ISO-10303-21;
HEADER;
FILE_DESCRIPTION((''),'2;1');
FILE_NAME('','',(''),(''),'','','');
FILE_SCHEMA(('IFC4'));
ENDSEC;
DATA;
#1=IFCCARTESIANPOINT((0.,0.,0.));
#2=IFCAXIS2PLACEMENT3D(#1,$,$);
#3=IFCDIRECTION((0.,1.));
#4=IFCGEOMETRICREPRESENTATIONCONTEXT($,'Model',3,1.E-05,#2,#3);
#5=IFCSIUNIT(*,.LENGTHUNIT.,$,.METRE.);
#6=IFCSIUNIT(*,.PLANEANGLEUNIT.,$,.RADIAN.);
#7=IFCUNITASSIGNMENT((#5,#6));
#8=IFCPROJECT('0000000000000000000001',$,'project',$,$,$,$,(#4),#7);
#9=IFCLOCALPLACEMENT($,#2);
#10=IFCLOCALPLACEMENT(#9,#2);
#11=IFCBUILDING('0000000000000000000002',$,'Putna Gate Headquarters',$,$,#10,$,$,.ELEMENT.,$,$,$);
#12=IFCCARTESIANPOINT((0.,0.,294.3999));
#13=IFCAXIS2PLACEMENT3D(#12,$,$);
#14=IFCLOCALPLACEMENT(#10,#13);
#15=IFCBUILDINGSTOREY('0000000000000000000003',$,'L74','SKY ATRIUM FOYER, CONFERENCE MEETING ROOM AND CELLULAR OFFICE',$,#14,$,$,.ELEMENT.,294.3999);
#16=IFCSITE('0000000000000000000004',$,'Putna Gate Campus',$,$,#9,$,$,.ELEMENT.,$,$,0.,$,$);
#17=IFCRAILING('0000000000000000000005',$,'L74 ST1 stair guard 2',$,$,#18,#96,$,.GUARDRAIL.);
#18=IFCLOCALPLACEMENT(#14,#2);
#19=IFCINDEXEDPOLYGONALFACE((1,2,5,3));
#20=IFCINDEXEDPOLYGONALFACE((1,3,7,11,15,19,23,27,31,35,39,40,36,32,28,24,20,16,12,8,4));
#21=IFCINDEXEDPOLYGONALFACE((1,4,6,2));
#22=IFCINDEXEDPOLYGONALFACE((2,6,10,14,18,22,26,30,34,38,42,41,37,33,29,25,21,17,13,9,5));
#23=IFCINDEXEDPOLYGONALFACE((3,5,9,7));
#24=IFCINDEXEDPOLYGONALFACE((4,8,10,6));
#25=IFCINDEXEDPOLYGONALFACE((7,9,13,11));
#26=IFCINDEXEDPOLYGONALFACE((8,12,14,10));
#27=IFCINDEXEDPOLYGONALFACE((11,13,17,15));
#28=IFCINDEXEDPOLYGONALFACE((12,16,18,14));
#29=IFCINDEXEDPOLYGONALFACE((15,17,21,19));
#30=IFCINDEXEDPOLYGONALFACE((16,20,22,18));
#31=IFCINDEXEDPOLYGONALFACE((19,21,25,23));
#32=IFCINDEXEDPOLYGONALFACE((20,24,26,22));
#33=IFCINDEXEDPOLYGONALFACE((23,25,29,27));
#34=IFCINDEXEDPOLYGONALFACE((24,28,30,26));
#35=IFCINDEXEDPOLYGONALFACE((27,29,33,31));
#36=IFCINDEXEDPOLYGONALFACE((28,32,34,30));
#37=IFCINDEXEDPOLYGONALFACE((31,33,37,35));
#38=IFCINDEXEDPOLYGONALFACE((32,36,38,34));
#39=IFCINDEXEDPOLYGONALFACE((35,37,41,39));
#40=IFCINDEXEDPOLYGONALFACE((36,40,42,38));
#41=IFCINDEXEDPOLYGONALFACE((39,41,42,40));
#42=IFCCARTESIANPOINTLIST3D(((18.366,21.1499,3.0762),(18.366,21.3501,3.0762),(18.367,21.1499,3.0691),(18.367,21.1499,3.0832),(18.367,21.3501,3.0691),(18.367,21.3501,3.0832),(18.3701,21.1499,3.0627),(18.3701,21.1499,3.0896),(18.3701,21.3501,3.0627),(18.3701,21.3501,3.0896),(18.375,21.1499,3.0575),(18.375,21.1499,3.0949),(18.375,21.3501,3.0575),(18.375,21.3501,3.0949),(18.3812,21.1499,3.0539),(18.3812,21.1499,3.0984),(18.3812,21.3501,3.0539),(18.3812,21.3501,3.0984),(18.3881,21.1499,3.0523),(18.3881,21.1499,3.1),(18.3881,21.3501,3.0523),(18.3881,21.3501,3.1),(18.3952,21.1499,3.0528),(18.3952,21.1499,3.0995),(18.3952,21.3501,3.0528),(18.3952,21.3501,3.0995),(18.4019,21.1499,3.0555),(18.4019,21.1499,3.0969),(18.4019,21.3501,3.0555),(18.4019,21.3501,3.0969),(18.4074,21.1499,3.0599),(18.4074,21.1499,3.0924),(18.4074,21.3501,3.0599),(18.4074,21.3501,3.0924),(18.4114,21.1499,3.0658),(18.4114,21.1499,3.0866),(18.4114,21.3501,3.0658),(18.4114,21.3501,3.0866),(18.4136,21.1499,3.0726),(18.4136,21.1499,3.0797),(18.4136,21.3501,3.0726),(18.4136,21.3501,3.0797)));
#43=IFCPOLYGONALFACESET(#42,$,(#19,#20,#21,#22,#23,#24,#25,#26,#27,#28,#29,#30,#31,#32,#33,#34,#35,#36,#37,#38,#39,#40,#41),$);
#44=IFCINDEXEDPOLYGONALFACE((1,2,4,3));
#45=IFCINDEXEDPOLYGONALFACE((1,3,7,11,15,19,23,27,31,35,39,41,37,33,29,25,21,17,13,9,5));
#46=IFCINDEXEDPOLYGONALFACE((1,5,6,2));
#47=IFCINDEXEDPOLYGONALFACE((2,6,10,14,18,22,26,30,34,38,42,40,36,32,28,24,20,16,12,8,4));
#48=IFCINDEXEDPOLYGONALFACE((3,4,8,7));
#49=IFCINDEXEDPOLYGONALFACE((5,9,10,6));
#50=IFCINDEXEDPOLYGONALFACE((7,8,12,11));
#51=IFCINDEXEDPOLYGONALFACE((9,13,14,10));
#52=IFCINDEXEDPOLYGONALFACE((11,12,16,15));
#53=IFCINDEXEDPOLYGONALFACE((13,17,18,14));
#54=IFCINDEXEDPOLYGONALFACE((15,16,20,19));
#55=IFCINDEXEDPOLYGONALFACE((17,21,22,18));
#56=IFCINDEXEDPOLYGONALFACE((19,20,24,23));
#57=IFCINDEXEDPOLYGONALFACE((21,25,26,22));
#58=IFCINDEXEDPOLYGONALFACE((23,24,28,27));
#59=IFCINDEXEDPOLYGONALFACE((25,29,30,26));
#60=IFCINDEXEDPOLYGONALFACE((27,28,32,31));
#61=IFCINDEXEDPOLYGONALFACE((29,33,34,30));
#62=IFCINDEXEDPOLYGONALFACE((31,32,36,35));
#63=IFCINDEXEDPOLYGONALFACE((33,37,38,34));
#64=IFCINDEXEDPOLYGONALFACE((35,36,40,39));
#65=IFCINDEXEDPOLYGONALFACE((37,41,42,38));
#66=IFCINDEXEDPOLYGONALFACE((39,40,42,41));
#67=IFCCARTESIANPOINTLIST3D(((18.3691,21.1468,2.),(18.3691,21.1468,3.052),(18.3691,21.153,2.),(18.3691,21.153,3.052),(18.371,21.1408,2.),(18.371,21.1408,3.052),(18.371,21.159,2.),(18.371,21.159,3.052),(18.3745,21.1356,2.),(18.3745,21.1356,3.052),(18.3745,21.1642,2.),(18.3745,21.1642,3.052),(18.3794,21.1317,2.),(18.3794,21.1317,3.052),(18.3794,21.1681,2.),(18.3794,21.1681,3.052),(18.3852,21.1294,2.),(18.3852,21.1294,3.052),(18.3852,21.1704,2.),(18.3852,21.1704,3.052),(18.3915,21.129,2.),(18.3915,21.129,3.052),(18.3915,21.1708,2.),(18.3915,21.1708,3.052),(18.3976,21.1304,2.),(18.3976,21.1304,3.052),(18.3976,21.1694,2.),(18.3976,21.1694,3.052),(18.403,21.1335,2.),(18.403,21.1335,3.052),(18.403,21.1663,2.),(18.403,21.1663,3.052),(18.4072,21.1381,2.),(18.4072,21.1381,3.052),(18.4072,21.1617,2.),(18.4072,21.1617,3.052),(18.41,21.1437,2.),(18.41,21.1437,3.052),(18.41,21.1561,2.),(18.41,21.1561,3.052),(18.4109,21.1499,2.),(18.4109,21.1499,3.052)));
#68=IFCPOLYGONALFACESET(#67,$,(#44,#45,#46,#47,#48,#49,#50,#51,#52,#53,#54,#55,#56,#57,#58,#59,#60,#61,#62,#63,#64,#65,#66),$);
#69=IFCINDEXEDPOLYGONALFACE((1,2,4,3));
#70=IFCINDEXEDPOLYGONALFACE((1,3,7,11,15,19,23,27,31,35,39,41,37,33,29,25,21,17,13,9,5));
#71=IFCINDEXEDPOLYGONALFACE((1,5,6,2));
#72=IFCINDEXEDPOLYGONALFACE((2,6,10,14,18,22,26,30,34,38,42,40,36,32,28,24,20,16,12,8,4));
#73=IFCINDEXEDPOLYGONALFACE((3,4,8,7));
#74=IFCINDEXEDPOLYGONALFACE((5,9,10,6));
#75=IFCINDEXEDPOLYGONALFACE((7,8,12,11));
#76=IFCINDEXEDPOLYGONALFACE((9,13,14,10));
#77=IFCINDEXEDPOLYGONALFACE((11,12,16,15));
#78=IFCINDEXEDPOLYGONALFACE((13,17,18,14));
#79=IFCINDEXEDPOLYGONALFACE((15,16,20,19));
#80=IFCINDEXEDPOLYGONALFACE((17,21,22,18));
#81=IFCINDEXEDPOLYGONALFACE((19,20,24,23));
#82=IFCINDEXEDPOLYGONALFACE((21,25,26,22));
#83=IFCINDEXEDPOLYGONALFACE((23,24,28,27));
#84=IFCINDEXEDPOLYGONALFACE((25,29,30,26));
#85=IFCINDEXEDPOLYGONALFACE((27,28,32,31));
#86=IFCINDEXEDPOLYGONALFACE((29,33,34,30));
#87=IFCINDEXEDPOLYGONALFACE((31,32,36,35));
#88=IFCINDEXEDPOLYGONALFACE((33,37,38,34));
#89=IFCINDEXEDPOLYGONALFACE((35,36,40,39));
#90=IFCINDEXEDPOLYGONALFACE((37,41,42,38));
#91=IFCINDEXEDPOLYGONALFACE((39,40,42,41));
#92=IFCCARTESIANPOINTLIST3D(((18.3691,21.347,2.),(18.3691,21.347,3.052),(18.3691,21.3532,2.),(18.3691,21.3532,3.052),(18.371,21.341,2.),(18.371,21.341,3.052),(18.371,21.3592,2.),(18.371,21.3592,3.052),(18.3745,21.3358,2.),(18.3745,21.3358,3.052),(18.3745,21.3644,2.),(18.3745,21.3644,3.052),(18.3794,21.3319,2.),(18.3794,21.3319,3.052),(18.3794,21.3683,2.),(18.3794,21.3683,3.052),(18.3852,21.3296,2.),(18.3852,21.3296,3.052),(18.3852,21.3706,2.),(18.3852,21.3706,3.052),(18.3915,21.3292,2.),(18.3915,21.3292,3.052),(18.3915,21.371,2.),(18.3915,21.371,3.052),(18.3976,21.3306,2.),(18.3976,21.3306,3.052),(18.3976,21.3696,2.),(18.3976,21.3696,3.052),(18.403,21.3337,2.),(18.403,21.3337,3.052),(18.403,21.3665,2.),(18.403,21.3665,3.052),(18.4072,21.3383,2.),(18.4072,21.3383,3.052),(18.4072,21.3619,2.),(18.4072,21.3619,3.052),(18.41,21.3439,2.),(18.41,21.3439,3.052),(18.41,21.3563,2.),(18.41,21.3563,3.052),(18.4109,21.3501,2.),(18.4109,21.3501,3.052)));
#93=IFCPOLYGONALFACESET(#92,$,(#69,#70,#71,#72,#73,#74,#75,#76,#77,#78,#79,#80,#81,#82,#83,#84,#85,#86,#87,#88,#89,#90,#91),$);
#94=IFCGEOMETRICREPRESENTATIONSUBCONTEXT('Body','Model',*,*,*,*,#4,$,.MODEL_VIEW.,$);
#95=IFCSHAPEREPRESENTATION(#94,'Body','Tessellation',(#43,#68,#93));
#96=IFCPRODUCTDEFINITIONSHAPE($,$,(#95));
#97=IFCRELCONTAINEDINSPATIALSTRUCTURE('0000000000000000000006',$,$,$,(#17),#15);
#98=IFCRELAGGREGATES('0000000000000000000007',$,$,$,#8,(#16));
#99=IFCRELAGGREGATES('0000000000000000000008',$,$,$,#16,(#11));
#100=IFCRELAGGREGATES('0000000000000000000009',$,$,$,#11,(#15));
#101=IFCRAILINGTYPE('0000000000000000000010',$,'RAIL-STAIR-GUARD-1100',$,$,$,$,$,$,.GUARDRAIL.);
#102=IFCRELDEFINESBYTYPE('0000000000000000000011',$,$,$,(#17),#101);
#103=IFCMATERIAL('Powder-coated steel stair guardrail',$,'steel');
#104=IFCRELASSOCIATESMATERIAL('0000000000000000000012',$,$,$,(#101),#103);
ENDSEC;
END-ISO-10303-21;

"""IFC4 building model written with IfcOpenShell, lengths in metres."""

from ifc_helpers import new_model, si_unit, direction, frame, origin, origin_2d, place, context, subcontext, project, spatial, circle, extrude, material, type_object, element, save


model = new_model("IFC4")

# Units and contexts
model_context = context("Model", 3, precision=1e-05, world=origin(), true_north=direction((0.0, 1.0)))
body_context = subcontext(model_context, "Body", "Model", "MODEL_VIEW")
ifc_project = project(units=[si_unit("LENGTHUNIT", "METRE"), si_unit("PLANEANGLEUNIT", "RADIAN")], contexts=[model_context])

# Site, building, storey
site_placement = place(None, origin())
site = spatial("IfcSite", under=ifc_project, at=site_placement, Name="Putna Gate Campus", CompositionType="ELEMENT", RefElevation=0.0)
building_placement = place(site_placement, origin())
building = spatial("IfcBuilding", under=site, at=building_placement, Name="Putna Gate Headquarters", CompositionType="ELEMENT")
storey_placement = place(building_placement, frame((0.0, 0.0, 294.3999)))
storey = spatial("IfcBuildingStorey", under=building, at=storey_placement, Name="L74", Description="SKY ATRIUM FOYER, CONFERENCE MEETING ROOM AND CELLULAR OFFICE", CompositionType="ELEMENT", Elevation=294.3999)

# Railing
ifc_material_1 = material(Name="Powder-coated steel stair guardrail", Category="steel")
railing_type_1 = type_object("IfcRailingType", Name="RAIL-STAIR-GUARD-1100", PredefinedType="GUARDRAIL", material=ifc_material_1)
railing_1_placement = place(storey_placement, frame((18.3899, 21.1499, 2.0)))
element("IfcRailing", 1, at=railing_1_placement, inside=storey, type_object=railing_type_1, Name="L74 ST1 stair guard 2", PredefinedType="GUARDRAIL", context=body_context, shape_type="SweptSolid", body=[
    extrude(circle(Radius=0.0239, at=origin_2d()), frame((0.0, 0.0, 1.0762), z_axis=(0.0, 1.0, 0.0), x_axis=(-1.0, 0.0, 0.0)), (0.0, 0.0, 1.0), 0.2002),
    extrude(circle(Radius=0.021, at=origin_2d()), origin(), (0.0, 0.0, 1.0), 1.052),
    extrude(circle(Radius=0.021, at=origin_2d()), frame((0.0, 0.2002, 0.0)), (0.0, 0.0, 1.0), 1.052),
])

save(model, "model.ifc")
